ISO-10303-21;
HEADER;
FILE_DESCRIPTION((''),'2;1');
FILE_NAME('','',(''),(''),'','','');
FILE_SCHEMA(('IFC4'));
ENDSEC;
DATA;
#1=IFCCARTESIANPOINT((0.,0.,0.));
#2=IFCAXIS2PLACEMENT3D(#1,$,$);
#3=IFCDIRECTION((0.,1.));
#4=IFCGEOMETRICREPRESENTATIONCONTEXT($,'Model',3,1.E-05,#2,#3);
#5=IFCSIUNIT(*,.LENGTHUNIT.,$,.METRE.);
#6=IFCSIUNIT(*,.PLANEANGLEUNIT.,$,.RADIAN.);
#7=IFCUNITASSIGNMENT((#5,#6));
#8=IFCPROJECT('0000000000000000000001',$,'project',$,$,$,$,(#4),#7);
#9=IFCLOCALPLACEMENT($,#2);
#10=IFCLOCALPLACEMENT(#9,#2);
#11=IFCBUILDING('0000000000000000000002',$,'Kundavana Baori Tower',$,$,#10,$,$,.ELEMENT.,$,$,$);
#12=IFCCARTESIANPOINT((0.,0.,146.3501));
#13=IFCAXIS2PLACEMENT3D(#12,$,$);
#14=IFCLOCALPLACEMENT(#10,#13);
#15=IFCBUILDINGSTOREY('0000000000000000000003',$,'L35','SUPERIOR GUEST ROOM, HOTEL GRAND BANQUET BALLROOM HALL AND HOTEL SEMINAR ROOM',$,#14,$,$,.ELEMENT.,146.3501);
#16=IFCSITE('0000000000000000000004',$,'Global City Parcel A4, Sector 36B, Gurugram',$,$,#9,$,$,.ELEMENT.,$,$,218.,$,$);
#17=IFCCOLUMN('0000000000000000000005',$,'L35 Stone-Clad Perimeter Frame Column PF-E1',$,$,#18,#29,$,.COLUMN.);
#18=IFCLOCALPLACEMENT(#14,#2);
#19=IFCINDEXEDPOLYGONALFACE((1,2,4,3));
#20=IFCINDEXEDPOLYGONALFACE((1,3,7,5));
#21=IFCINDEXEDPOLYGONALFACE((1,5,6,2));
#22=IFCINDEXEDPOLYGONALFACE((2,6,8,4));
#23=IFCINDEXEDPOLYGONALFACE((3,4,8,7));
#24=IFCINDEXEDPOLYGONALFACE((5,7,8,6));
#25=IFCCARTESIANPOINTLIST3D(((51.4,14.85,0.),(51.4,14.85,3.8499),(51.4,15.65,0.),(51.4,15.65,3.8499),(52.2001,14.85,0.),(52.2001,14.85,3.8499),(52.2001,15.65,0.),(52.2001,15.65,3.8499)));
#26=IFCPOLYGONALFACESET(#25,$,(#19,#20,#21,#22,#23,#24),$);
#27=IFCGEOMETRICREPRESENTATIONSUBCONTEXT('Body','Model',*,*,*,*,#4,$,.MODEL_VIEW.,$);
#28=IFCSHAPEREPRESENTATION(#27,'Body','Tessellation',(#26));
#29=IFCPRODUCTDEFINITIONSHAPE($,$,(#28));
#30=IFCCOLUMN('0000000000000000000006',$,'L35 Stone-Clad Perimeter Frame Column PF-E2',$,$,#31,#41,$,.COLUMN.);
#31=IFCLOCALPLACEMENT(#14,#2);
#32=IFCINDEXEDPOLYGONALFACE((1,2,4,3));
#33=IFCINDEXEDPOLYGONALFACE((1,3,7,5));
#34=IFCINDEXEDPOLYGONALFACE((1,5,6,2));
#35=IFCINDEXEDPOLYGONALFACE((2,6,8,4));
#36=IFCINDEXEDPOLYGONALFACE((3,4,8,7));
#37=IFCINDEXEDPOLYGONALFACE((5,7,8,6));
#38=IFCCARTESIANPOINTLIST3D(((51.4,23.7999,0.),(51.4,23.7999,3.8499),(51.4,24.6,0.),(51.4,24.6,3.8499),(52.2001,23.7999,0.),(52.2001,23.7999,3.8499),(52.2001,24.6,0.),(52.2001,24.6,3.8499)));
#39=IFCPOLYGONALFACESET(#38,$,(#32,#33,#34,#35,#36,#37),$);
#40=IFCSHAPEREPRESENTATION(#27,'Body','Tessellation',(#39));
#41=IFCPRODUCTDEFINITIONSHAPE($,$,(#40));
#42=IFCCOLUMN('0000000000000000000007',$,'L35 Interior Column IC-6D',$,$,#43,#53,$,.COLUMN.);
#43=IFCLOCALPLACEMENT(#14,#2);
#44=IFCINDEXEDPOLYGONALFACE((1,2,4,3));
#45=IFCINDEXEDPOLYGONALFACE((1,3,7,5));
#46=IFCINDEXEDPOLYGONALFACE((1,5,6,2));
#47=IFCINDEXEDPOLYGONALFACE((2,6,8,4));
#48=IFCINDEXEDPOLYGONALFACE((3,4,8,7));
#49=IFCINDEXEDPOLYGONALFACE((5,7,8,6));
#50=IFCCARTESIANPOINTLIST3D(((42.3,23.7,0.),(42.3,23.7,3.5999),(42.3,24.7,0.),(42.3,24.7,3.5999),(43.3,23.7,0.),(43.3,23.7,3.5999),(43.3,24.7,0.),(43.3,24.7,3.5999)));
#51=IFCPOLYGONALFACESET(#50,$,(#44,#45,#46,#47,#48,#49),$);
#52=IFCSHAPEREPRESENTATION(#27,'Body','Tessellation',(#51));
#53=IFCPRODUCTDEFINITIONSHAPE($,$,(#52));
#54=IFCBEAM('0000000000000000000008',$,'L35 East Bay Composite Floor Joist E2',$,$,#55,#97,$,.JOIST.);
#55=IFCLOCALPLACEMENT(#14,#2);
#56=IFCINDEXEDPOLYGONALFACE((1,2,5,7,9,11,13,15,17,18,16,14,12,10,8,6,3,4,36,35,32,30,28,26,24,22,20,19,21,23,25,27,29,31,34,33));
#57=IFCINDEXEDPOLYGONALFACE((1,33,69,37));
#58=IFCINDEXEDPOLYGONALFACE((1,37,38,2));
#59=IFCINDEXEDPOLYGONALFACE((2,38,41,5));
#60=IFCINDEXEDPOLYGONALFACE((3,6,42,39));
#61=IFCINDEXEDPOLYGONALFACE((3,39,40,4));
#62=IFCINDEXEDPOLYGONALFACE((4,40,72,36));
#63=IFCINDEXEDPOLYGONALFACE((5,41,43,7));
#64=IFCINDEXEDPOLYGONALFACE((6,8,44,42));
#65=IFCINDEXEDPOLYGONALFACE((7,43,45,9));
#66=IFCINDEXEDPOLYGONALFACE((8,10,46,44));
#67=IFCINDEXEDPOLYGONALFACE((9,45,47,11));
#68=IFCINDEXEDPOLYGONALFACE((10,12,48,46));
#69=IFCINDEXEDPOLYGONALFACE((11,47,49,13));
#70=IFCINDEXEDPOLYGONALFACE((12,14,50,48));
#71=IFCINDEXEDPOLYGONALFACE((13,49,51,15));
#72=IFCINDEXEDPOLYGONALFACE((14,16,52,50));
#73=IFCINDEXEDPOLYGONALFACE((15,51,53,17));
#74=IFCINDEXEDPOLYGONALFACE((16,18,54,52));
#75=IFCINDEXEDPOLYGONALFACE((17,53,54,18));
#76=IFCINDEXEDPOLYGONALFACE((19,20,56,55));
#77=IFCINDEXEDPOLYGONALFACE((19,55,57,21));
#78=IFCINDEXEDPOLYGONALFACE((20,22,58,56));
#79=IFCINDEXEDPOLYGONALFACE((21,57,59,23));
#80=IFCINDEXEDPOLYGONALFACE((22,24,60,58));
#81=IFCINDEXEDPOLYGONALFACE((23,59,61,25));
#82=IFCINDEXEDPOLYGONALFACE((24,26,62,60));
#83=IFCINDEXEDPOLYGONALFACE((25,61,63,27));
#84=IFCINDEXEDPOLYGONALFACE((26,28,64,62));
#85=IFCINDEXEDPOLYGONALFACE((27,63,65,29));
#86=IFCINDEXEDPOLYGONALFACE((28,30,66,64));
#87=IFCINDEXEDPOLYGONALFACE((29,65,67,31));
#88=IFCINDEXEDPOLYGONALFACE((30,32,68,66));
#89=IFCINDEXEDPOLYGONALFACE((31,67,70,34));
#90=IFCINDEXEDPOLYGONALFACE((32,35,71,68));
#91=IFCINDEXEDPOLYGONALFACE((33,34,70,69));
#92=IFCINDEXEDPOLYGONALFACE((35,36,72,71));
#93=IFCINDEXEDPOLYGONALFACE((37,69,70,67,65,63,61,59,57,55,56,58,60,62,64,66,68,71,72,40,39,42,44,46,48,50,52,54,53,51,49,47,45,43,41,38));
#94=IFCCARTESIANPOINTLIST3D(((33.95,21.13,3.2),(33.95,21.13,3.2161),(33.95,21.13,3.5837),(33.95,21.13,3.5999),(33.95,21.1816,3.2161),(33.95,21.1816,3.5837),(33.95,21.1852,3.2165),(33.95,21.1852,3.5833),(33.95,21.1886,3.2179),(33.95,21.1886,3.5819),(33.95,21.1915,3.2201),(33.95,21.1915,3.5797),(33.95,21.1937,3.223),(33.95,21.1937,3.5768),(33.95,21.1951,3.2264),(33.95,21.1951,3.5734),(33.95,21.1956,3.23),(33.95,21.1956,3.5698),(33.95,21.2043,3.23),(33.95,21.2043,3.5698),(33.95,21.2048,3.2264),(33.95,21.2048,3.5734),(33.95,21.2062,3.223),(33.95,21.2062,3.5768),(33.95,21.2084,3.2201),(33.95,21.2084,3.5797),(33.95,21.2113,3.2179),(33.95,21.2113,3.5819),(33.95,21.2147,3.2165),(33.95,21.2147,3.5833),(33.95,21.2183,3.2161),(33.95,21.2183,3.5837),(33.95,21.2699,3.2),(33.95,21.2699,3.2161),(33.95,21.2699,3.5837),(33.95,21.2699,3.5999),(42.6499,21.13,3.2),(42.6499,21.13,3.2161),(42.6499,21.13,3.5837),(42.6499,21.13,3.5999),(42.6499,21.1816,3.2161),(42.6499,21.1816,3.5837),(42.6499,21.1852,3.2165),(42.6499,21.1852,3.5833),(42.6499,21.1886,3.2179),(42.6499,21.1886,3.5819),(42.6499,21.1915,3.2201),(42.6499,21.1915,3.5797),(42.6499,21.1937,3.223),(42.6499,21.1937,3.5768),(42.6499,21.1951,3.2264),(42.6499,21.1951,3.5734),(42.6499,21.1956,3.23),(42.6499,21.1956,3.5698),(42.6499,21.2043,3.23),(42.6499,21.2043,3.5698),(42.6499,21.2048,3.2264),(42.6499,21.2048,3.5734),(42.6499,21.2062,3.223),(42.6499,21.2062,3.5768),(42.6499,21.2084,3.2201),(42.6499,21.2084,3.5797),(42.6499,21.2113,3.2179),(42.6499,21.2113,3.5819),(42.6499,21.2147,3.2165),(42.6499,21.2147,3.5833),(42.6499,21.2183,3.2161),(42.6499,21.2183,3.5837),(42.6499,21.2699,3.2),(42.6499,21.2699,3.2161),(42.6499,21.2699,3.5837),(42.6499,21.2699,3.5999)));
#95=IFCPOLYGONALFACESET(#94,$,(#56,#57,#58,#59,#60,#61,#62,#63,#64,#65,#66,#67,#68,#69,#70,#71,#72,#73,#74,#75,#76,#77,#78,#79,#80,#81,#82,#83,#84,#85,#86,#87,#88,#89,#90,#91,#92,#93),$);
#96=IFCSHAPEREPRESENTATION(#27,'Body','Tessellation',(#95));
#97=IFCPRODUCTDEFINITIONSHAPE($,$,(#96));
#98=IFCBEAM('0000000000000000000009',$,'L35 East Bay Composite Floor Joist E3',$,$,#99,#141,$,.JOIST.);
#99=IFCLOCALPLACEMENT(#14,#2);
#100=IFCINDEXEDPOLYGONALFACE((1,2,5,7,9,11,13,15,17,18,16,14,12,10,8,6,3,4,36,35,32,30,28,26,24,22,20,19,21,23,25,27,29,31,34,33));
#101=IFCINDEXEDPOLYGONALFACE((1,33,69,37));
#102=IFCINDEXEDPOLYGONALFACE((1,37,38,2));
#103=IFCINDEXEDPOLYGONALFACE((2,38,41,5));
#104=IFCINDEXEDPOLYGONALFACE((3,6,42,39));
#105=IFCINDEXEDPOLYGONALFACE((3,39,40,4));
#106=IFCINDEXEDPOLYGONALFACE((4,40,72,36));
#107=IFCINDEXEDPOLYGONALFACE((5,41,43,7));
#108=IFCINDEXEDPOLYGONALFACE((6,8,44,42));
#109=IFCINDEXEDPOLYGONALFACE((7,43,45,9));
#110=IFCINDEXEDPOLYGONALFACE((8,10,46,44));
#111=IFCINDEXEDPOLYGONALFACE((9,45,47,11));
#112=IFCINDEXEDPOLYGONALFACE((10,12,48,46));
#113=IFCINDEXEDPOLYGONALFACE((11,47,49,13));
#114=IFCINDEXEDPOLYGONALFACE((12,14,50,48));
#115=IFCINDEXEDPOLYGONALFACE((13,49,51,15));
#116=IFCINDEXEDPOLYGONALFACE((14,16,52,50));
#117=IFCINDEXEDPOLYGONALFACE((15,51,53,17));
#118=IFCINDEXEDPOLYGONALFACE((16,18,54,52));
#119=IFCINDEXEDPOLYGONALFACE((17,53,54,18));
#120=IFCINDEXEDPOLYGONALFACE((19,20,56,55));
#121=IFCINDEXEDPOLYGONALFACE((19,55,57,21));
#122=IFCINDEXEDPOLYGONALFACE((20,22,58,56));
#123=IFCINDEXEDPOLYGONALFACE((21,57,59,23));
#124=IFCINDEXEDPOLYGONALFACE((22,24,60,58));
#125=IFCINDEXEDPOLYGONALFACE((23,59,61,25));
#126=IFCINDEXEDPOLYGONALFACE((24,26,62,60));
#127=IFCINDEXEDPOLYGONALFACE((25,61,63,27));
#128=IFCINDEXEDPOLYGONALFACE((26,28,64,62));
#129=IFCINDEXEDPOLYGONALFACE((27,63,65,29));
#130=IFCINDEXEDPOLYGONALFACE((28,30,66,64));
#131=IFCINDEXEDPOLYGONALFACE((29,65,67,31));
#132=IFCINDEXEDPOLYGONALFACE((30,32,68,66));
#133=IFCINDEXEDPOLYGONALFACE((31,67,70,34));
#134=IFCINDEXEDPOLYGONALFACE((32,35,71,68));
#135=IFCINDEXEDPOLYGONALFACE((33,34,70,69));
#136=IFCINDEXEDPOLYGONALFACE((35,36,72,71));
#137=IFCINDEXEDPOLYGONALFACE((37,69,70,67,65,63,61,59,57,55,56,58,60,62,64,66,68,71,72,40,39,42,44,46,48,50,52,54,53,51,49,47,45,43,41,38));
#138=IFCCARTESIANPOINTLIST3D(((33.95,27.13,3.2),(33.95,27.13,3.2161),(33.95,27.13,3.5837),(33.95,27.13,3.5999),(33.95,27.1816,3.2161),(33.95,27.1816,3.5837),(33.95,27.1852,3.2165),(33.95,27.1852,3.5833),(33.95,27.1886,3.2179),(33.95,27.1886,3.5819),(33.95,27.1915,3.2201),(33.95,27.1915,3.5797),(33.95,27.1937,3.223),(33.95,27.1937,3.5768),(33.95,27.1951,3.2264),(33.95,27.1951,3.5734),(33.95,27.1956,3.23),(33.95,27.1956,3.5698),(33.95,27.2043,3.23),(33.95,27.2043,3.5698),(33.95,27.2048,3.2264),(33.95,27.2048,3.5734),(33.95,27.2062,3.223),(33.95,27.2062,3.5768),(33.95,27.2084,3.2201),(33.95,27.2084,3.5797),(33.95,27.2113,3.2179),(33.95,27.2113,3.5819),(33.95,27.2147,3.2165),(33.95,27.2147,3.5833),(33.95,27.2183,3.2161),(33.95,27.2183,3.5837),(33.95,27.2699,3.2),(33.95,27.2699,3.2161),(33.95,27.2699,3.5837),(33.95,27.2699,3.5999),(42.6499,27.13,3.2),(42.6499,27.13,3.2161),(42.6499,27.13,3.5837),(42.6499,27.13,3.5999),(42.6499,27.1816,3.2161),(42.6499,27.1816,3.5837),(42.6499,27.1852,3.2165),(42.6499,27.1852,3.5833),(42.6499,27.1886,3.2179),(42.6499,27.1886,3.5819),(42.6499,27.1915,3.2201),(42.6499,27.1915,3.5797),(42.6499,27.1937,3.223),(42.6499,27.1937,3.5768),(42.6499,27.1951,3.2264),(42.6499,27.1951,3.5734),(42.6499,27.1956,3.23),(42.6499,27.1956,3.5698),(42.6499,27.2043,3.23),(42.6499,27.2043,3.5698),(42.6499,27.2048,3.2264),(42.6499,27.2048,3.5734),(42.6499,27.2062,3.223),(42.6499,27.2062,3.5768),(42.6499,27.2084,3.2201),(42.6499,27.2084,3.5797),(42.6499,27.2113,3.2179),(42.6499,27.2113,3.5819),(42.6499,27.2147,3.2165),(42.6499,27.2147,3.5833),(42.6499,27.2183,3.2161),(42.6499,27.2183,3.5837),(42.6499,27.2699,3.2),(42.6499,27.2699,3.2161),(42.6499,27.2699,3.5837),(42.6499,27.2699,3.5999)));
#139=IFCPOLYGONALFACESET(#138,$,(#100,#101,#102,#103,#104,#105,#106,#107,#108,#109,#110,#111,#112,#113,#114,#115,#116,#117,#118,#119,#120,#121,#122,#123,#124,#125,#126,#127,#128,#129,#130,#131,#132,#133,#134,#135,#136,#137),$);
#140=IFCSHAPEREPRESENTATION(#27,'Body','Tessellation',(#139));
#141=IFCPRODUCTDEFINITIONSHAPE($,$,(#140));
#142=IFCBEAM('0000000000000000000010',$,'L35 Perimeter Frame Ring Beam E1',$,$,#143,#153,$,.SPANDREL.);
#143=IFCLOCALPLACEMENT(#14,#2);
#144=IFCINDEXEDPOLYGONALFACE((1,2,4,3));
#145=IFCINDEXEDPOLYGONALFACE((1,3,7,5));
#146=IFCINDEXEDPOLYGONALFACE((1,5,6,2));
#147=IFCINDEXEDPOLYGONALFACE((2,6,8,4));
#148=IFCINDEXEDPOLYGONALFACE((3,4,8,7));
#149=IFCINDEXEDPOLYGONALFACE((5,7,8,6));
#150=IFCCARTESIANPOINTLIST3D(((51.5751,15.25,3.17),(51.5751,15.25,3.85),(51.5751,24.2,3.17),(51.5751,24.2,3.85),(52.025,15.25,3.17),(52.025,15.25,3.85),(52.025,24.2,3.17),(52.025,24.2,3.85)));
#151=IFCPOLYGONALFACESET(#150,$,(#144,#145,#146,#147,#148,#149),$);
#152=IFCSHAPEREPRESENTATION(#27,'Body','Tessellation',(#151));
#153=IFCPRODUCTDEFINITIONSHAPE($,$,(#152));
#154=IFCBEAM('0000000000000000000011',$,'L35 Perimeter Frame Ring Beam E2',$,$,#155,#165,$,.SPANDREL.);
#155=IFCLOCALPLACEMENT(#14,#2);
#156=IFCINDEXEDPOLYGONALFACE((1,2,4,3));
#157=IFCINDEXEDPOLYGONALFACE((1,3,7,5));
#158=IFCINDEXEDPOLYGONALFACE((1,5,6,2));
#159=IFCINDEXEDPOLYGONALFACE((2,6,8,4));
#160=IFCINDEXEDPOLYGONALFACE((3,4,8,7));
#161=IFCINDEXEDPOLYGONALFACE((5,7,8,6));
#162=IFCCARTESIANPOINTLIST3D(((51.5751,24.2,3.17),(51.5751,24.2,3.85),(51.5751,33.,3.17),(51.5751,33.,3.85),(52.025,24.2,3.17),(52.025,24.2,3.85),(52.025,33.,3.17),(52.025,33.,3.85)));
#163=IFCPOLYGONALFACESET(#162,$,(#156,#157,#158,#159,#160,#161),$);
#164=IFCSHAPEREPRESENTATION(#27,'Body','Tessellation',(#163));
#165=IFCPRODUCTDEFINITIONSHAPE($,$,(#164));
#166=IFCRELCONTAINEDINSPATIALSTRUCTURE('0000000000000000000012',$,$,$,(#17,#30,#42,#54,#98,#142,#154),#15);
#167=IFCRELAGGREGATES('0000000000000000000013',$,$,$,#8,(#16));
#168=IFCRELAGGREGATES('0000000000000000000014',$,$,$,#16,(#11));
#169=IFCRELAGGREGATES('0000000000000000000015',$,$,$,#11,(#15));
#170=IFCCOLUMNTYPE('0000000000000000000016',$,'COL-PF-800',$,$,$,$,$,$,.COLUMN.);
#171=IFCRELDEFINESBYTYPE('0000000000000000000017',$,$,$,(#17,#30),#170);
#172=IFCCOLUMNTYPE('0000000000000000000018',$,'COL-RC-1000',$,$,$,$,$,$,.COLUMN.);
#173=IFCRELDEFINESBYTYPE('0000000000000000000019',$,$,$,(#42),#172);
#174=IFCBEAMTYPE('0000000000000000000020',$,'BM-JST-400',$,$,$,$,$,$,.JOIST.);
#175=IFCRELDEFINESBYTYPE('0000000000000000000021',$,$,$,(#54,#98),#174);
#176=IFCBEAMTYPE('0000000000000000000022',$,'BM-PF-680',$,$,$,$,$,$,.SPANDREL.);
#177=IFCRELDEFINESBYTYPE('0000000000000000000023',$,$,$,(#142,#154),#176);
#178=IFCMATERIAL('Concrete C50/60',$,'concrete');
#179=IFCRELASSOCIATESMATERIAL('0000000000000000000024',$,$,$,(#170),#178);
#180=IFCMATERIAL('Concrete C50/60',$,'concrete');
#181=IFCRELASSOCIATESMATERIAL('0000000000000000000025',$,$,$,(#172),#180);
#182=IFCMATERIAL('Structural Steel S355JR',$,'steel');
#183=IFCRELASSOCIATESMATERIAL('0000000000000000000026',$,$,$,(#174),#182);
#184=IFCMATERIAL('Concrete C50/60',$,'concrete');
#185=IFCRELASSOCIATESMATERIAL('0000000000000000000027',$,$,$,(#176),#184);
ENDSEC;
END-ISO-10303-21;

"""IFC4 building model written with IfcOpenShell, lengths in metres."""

from ifc_helpers import new_model, si_unit, direction, frame, origin, origin_2d, place, context, subcontext, project, spatial, rectangle, i_section, extrude, material, material_profile, profile_set, type_object, element, save


model = new_model("IFC4")

# Units and contexts
model_context = context("Model", 3, precision=1e-05, world=origin(), true_north=direction((0.0, 1.0)))
body_context = subcontext(model_context, "Body", "Model", "MODEL_VIEW")
ifc_project = project(units=[si_unit("LENGTHUNIT", "METRE"), si_unit("PLANEANGLEUNIT", "RADIAN")], contexts=[model_context])

# Site, building, storey
site_placement = place(None, origin())
site = spatial("IfcSite", under=ifc_project, at=site_placement, Name="Global City Parcel A4, Sector 36B, Gurugram", CompositionType="ELEMENT", RefElevation=218.0)
building_placement = place(site_placement, origin())
building = spatial("IfcBuilding", under=site, at=building_placement, Name="Kundavana Baori Tower", CompositionType="ELEMENT")
storey_placement = place(building_placement, frame((0.0, 0.0, 146.3501)))
storey = spatial("IfcBuildingStorey", under=building, at=storey_placement, Name="L35", Description="SUPERIOR GUEST ROOM, HOTEL GRAND BANQUET BALLROOM HALL AND HOTEL SEMINAR ROOM", CompositionType="ELEMENT", Elevation=146.3501)

# Columns
ifc_material_1 = material(Name="Concrete C50/60", Category="concrete")
ifc_material_profile_1 = material_profile(ifc_material_1, rectangle(XDim=0.8, YDim=0.8, at=origin_2d()), Name="RC PF 800x800")
ifc_profile_set_1 = profile_set([ifc_material_profile_1], Name="Concrete C50/60")
column_type_1 = type_object("IfcColumnType", Name="COL-PF-800", PredefinedType="COLUMN", material=ifc_profile_set_1)
for number, where, z_axis, x_axis, name in (
    (1, (51.8, 15.25, 0.0), (0.0, 0.0, 1.0), (1.0, 0.0, 0.0), "L35 Stone-Clad Perimeter Frame Column PF-E1"),
    (2, (51.8, 24.2, 0.0), (0.0, 0.0, 1.0), (1.0, 0.0, 0.0), "L35 Stone-Clad Perimeter Frame Column PF-E2"),
):
    element("IfcColumn", number, at=place(storey_placement, frame(where, z_axis=z_axis, x_axis=x_axis)), inside=storey, type_object=column_type_1, Name=name, PredefinedType="COLUMN", context=body_context, shape_type="SweptSolid", body=[
        extrude(rectangle(XDim=0.8, YDim=0.8, at=origin_2d()), origin(), (0.0, 0.0, 1.0), 3.8499),
    ])
ifc_material_2 = material(Name="Concrete C50/60", Category="concrete")
ifc_material_profile_2 = material_profile(ifc_material_2, rectangle(XDim=1.0, YDim=1.0, at=origin_2d()), Name="RC 1000x1000")
ifc_profile_set_2 = profile_set([ifc_material_profile_2], Name="Concrete C50/60")
column_type_2 = type_object("IfcColumnType", Name="COL-RC-1000", PredefinedType="COLUMN", material=ifc_profile_set_2)
column_placement = place(storey_placement, frame((42.8, 24.2, 0.0), z_axis=(0.0, 0.0, 1.0), x_axis=(1.0, 0.0, 0.0)))
element("IfcColumn", 3, at=column_placement, inside=storey, type_object=column_type_2, Name="L35 Interior Column IC-6D", PredefinedType="COLUMN", context=body_context, shape_type="SweptSolid", body=[
    extrude(rectangle(XDim=1.0, YDim=1.0, at=origin_2d()), origin(), (0.0, 0.0, 1.0), 3.5999),
])

# Beams
ifc_material_3 = material(Name="Structural Steel S355JR", Category="steel")
ifc_material_profile_3 = material_profile(ifc_material_3, i_section(OverallWidth=0.1399, OverallDepth=0.3999, WebThickness=0.0088, FlangeThickness=0.0161, FilletRadius=0.0139, at=origin_2d()), Name="ISMB 400")
ifc_profile_set_3 = profile_set([ifc_material_profile_3], Name="Structural Steel S355JR")
beam_type_1 = type_object("IfcBeamType", Name="BM-JST-400", PredefinedType="JOIST", material=ifc_profile_set_3)
for number, where, z_axis, x_axis, name in (
    (4, (33.95, 21.2, 3.3999), (1.0, 0.0, 0.0), (0.0, 1.0, 0.0), "L35 East Bay Composite Floor Joist E2"),
    (5, (33.95, 27.2, 3.3999), (1.0, 0.0, 0.0), (0.0, 1.0, 0.0), "L35 East Bay Composite Floor Joist E3"),
):
    element("IfcBeam", number, at=place(storey_placement, frame(where, z_axis=z_axis, x_axis=x_axis)), inside=storey, type_object=beam_type_1, Name=name, PredefinedType="JOIST", context=body_context, shape_type="SweptSolid", body=[
        extrude(i_section(OverallWidth=0.1399, OverallDepth=0.3999, WebThickness=0.0088, FlangeThickness=0.0161, FilletRadius=0.0139, at=origin_2d()), origin(), (0.0, 0.0, 1.0), 8.7),
    ])
ifc_material_4 = material(Name="Concrete C50/60", Category="concrete")
ifc_material_profile_4 = material_profile(ifc_material_4, rectangle(XDim=0.45, YDim=0.6799, at=origin_2d()), Name="RC BM 450x680")
ifc_profile_set_4 = profile_set([ifc_material_profile_4], Name="Concrete C50/60")
beam_type_2 = type_object("IfcBeamType", Name="BM-PF-680", PredefinedType="SPANDREL", material=ifc_profile_set_4)
beam_1_placement = place(storey_placement, frame((51.8, 15.25, 3.51), z_axis=(0.0, 1.0, 0.0), x_axis=(-1.0, 0.0, 0.0)))
element("IfcBeam", 6, at=beam_1_placement, inside=storey, type_object=beam_type_2, Name="L35 Perimeter Frame Ring Beam E1", PredefinedType="SPANDREL", context=body_context, shape_type="SweptSolid", body=[
    extrude(rectangle(XDim=0.45, YDim=0.6799, at=origin_2d()), origin(), (0.0, 0.0, 1.0), 8.95),
])
beam_2_placement = place(storey_placement, frame((51.8, 24.2, 3.51), z_axis=(0.0, 1.0, 0.0), x_axis=(-1.0, 0.0, 0.0)))
element("IfcBeam", 7, at=beam_2_placement, inside=storey, type_object=beam_type_2, Name="L35 Perimeter Frame Ring Beam E2", PredefinedType="SPANDREL", context=body_context, shape_type="SweptSolid", body=[
    extrude(rectangle(XDim=0.45, YDim=0.6799, at=origin_2d()), origin(), (0.0, 0.0, 1.0), 8.8),
])

save(model, "model.ifc")
